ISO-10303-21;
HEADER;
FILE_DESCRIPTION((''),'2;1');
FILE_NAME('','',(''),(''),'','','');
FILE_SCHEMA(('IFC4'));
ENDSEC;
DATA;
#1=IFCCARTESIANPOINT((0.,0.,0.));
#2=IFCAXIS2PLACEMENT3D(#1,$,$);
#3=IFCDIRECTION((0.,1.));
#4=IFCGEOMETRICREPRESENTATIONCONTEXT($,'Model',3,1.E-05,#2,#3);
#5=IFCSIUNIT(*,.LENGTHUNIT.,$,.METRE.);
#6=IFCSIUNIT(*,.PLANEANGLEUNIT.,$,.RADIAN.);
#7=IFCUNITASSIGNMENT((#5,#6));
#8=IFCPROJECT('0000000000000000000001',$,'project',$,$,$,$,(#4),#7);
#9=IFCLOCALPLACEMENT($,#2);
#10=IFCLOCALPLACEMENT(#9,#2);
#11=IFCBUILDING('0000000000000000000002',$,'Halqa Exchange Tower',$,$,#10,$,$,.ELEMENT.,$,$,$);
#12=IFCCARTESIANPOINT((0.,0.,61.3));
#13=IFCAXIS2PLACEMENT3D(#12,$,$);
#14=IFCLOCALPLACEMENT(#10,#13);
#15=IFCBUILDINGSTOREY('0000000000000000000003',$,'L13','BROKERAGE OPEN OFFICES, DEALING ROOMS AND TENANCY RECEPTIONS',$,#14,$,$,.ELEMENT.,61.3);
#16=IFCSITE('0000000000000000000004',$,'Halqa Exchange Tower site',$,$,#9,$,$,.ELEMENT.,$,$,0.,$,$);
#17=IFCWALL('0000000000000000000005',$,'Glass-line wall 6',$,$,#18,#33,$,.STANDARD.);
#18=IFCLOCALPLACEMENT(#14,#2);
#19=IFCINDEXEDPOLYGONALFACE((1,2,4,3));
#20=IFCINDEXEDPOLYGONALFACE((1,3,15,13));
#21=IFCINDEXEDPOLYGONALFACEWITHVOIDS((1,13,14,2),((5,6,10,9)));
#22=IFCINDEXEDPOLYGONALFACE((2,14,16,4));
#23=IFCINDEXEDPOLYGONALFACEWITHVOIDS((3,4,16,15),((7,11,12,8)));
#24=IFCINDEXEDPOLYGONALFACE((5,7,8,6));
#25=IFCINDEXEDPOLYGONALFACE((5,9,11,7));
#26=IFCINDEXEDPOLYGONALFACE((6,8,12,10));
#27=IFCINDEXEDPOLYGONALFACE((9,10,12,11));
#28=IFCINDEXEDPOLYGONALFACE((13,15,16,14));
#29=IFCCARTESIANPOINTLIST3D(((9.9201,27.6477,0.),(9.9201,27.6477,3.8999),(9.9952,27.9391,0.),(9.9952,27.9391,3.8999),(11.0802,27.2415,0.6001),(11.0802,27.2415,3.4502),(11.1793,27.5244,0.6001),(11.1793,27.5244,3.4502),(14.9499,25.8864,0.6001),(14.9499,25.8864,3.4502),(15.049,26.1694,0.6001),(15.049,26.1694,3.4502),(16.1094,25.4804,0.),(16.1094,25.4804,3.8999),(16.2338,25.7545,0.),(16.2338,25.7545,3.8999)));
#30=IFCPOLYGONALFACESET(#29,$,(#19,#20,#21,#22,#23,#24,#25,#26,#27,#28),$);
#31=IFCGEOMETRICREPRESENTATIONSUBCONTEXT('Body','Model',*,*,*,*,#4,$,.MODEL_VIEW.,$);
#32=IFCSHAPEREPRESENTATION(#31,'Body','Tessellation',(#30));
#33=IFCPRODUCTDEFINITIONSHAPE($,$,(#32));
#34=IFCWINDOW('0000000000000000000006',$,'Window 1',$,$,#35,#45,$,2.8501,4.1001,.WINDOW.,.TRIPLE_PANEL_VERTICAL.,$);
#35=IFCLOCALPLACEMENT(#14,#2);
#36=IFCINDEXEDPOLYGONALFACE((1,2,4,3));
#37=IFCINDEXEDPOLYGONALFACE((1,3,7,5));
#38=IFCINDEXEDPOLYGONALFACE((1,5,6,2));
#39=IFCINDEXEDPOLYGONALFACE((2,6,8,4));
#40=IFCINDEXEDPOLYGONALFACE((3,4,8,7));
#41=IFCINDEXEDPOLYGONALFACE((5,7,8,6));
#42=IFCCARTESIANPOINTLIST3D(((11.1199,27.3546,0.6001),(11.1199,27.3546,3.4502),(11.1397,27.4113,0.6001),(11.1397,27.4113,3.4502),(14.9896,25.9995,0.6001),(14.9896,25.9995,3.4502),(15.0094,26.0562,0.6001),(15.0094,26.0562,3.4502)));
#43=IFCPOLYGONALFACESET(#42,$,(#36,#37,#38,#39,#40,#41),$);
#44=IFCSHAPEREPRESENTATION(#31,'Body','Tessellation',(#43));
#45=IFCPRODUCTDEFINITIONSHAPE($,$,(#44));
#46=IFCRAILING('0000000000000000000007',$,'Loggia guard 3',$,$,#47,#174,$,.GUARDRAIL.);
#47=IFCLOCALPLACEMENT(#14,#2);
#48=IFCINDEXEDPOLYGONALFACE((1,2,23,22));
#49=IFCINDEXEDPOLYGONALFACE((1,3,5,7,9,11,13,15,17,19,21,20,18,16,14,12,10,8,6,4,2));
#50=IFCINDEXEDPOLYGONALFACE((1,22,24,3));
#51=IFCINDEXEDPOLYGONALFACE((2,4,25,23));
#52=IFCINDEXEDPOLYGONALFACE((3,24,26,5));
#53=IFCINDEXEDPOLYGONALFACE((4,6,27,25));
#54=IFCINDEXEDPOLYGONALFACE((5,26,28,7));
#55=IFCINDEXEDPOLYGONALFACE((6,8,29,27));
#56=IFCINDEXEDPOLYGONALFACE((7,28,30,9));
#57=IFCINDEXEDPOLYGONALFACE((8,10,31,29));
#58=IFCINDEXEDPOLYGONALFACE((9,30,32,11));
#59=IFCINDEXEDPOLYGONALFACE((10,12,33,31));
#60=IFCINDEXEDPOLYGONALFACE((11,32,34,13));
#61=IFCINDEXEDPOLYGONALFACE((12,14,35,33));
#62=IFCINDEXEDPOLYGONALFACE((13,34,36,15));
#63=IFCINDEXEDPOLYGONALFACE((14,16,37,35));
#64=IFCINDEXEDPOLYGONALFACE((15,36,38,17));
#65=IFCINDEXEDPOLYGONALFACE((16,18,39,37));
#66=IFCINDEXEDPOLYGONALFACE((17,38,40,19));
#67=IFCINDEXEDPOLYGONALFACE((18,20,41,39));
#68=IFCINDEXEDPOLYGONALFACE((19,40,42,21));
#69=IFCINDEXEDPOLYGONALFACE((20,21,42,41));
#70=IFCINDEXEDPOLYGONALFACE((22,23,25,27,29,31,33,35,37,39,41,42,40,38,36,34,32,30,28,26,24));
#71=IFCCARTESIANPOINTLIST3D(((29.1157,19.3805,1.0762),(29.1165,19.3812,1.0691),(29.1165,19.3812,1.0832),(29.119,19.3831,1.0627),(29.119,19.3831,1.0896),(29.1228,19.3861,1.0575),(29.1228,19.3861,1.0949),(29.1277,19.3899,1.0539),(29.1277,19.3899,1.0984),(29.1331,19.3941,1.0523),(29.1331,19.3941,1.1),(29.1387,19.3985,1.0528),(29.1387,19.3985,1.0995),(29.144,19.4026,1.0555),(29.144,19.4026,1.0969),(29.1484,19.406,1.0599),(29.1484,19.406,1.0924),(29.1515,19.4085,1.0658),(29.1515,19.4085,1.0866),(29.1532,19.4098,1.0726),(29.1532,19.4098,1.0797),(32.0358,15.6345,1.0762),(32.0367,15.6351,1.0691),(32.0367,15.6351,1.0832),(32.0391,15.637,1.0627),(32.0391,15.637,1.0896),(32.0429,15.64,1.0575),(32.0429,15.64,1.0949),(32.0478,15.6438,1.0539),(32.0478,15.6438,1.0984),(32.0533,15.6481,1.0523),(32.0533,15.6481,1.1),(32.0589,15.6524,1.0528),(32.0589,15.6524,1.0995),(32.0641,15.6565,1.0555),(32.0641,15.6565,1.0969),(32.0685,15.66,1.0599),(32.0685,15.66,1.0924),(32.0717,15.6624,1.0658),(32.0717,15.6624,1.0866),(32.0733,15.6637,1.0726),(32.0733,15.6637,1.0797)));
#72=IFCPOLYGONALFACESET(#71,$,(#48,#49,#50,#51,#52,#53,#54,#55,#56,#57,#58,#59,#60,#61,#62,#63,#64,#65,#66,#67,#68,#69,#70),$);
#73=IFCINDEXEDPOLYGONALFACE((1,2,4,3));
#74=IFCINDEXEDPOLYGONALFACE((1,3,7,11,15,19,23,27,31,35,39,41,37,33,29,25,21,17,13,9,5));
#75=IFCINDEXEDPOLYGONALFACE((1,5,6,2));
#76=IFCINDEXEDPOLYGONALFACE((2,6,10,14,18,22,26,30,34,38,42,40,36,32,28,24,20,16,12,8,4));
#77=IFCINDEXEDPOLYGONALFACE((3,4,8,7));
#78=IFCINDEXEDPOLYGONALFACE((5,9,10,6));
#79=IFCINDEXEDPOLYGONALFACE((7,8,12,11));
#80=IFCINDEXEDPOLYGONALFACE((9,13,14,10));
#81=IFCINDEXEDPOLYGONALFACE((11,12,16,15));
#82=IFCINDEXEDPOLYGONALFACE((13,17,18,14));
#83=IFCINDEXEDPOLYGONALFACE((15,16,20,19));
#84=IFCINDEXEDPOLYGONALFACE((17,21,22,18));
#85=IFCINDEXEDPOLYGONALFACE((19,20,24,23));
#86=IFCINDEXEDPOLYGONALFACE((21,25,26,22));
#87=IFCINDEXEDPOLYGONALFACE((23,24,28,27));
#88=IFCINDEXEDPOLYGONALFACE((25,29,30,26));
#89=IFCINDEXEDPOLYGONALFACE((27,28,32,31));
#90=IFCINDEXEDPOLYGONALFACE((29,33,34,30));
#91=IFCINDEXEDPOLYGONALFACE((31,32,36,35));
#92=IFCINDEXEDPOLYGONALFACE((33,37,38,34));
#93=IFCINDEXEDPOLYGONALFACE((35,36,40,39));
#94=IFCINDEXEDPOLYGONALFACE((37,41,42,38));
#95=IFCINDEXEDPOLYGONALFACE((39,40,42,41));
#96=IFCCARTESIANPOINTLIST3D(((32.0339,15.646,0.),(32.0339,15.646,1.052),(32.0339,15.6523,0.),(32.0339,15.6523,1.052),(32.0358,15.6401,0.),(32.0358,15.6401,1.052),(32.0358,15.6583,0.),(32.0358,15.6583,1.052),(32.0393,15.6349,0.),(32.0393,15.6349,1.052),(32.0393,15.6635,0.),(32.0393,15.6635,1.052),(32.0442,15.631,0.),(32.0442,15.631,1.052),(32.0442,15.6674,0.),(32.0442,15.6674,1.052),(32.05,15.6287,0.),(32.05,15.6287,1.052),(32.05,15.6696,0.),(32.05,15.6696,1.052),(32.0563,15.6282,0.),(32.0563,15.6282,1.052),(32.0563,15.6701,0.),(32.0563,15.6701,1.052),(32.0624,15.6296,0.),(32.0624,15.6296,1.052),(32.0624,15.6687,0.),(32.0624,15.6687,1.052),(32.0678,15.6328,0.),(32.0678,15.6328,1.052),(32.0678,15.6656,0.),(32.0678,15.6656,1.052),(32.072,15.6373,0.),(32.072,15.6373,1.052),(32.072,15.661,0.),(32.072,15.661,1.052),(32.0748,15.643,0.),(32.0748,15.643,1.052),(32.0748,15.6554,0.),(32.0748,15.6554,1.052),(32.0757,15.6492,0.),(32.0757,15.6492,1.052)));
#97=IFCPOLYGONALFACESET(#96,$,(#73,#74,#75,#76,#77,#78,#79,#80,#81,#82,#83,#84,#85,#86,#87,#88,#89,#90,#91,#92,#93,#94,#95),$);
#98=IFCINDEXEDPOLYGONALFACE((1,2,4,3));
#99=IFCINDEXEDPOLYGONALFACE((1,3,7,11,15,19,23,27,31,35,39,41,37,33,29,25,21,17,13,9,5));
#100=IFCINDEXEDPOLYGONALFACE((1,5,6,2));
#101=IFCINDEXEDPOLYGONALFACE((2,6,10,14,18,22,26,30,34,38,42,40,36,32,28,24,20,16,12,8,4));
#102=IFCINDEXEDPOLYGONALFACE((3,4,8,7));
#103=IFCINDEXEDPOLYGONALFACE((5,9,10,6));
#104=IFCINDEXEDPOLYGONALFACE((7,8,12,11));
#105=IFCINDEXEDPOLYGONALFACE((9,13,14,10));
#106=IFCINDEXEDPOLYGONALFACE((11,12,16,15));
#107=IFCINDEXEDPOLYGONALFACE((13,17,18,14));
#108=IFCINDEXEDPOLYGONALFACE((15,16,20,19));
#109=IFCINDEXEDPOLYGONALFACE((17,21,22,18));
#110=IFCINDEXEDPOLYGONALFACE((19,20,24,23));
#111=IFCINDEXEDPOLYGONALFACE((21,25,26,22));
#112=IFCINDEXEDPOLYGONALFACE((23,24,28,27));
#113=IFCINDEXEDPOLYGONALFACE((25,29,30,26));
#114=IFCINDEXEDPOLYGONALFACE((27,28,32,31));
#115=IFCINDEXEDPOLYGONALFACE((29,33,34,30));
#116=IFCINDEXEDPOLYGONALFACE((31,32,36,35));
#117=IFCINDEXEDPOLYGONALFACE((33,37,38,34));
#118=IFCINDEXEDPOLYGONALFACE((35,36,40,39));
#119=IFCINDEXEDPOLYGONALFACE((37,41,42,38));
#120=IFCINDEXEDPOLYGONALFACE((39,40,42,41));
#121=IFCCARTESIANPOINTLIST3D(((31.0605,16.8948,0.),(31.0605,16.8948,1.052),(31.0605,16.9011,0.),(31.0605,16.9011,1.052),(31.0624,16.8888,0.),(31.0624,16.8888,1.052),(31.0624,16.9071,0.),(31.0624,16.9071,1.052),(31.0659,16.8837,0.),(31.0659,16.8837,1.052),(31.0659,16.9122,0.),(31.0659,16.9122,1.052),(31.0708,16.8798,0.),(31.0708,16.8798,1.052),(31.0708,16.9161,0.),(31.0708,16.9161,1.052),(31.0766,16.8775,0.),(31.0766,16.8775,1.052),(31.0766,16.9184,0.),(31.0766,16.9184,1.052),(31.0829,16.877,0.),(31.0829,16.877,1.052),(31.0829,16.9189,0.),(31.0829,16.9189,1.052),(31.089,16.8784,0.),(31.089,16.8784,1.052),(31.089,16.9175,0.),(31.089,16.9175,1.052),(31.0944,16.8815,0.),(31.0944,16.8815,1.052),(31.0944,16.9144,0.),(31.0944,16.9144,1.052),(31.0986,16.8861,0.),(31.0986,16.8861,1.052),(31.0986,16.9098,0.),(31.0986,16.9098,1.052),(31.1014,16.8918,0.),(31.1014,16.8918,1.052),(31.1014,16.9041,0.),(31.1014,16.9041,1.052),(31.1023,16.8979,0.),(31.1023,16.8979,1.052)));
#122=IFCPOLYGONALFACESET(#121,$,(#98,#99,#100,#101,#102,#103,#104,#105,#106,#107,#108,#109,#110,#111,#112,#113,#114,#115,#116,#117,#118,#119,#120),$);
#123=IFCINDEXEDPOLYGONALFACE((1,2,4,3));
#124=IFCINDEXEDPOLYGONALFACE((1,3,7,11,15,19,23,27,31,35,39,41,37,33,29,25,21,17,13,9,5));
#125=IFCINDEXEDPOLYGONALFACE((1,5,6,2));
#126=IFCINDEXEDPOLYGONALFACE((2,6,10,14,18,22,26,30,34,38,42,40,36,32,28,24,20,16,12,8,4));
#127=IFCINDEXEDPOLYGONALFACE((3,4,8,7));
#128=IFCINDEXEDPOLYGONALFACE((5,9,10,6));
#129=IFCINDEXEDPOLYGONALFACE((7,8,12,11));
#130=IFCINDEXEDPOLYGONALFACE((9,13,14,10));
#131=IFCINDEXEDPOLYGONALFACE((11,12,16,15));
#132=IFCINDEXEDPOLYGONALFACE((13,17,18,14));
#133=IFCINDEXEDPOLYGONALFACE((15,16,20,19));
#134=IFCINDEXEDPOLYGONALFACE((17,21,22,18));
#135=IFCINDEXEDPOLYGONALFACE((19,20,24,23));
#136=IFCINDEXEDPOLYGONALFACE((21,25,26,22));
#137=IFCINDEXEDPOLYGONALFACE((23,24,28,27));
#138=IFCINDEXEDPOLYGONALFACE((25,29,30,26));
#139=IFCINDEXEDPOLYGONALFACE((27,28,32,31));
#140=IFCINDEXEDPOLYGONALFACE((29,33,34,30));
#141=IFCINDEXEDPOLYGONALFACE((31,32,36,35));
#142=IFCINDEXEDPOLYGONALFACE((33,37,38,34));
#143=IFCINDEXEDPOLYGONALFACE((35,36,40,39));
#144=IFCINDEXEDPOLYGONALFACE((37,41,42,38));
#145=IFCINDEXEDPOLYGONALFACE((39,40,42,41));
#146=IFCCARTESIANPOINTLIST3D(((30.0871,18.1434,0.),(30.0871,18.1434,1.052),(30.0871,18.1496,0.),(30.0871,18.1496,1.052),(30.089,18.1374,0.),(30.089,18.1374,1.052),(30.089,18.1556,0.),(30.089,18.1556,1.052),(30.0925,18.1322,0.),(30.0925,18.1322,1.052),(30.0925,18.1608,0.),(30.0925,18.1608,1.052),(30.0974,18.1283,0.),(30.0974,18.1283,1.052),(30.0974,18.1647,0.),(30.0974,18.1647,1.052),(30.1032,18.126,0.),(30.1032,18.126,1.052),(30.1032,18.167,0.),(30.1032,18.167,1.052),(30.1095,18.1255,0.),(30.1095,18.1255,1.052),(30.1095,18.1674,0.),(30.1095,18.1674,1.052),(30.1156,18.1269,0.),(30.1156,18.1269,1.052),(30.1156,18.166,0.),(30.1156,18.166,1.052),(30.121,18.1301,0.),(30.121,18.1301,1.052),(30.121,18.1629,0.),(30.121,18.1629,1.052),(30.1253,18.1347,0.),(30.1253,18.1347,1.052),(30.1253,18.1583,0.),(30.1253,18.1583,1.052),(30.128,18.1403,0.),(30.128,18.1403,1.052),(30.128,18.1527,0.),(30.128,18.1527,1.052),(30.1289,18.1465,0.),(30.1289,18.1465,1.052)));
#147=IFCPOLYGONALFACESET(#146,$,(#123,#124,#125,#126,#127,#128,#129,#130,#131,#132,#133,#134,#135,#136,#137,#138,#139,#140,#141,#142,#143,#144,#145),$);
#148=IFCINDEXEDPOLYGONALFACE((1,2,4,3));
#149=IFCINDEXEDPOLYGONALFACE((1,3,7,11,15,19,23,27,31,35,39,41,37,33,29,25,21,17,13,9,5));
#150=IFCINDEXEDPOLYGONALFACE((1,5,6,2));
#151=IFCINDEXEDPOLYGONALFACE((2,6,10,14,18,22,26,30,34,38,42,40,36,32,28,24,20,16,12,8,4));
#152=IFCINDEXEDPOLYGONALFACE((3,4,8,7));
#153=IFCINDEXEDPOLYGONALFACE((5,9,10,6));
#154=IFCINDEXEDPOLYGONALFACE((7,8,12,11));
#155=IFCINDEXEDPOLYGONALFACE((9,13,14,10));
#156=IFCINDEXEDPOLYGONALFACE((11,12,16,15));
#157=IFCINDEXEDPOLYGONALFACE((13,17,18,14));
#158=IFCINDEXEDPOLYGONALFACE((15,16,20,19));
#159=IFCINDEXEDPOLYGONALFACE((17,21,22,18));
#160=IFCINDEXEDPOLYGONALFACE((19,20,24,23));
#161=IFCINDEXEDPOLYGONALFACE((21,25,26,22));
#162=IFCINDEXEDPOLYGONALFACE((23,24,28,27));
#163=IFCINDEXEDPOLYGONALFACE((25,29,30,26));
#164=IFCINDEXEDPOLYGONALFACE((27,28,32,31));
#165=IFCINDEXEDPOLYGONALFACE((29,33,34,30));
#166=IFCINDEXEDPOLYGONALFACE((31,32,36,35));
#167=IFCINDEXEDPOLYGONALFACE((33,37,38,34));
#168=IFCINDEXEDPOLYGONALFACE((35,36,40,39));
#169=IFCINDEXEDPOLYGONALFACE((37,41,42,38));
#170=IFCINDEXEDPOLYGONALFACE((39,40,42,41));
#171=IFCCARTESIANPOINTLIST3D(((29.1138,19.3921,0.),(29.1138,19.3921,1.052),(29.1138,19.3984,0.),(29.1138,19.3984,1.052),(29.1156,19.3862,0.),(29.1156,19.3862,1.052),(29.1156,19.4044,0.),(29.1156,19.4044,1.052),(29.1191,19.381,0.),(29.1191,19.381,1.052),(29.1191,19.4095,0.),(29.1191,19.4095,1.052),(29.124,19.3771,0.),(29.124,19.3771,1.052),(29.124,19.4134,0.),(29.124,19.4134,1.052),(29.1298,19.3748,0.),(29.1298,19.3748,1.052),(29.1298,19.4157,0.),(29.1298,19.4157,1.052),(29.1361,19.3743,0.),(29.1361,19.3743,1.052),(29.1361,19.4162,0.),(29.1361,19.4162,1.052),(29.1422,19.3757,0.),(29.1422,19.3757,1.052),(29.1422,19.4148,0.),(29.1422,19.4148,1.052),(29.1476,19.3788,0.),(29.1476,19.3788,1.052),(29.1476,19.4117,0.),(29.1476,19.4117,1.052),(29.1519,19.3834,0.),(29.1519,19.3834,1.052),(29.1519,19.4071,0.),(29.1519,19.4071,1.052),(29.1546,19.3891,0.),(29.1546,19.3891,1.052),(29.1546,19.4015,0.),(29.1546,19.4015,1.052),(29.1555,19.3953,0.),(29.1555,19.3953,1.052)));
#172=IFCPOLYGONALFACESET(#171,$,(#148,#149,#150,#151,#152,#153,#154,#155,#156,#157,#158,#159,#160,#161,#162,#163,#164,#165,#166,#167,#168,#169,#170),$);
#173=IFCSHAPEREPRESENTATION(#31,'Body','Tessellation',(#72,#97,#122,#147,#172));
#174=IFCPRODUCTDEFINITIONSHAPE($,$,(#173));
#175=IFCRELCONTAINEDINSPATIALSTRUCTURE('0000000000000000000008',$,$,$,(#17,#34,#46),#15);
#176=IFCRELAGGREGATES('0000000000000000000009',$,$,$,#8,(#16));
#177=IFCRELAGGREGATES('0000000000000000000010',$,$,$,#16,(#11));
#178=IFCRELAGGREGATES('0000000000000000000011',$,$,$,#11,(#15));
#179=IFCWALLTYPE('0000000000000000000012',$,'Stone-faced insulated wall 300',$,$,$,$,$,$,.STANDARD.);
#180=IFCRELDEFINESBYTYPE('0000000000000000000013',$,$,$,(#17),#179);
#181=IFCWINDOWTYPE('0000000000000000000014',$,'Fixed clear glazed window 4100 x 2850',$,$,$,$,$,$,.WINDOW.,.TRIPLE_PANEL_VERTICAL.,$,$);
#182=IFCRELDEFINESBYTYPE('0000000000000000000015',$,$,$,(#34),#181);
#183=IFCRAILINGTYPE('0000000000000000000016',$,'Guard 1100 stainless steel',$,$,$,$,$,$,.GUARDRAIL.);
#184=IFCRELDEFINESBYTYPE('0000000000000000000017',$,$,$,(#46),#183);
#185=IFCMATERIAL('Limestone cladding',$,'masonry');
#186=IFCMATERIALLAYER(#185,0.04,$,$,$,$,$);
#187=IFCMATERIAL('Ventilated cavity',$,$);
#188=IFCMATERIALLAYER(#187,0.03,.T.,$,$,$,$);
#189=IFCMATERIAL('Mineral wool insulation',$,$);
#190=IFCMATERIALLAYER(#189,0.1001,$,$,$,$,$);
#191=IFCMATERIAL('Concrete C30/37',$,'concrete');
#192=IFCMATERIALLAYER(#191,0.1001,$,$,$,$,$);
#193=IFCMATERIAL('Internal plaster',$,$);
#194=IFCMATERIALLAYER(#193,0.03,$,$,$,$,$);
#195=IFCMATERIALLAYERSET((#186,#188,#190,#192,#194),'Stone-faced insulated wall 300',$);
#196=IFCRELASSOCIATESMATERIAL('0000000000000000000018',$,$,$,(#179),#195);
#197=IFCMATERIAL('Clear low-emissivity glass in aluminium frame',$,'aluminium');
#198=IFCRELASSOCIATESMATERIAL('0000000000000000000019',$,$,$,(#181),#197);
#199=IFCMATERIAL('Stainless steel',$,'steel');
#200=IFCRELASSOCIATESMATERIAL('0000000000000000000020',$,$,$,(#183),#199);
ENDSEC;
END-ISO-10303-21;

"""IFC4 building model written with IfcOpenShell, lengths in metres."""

from ifc_helpers import new_model, si_unit, direction, frame, frame_2d, origin, origin_2d, place, context, subcontext, project, spatial, polyline, rectangle, circle, outline, extrude, material, layer, layer_set, type_object, element, fill, save


model = new_model("IFC4")

# Units and contexts
model_context = context("Model", 3, precision=1e-05, world=origin(), true_north=direction((0.0, 1.0)))
body_context = subcontext(model_context, "Body", "Model", "MODEL_VIEW")
ifc_project = project(units=[si_unit("LENGTHUNIT", "METRE"), si_unit("PLANEANGLEUNIT", "RADIAN")], contexts=[model_context])

# Site, building, storey
site_placement = place(None, origin())
site = spatial("IfcSite", under=ifc_project, at=site_placement, Name="Halqa Exchange Tower site", CompositionType="ELEMENT", RefElevation=0.0)
building_placement = place(site_placement, origin())
building = spatial("IfcBuilding", under=site, at=building_placement, Name="Halqa Exchange Tower", CompositionType="ELEMENT")
storey_placement = place(building_placement, frame((0.0, 0.0, 61.3)))
storey = spatial("IfcBuildingStorey", under=building, at=storey_placement, Name="L13", Description="BROKERAGE OPEN OFFICES, DEALING ROOMS AND TENANCY RECEPTIONS", CompositionType="ELEMENT", Elevation=61.3)

# Shared definitions
ifc_material_1 = material(Name="Limestone cladding", Category="masonry")
ifc_layer_1 = layer(ifc_material_1, 0.04)
ifc_material_2 = material(Name="Ventilated cavity")
ifc_layer_2 = layer(ifc_material_2, 0.03, ventilated=True)
ifc_material_3 = material(Name="Mineral wool insulation")
ifc_layer_3 = layer(ifc_material_3, 0.1001)
ifc_material_4 = material(Name="Concrete C30/37", Category="concrete")
ifc_layer_4 = layer(ifc_material_4, 0.1001)
ifc_material_5 = material(Name="Internal plaster")
ifc_layer_5 = layer(ifc_material_5, 0.03)
ifc_layer_set_1 = layer_set([ifc_layer_1, ifc_layer_2, ifc_layer_3, ifc_layer_4, ifc_layer_5], Name="Stone-faced insulated wall 300")
wall_type_1 = type_object("IfcWallType", Name="Stone-faced insulated wall 300", PredefinedType="STANDARD", material=ifc_layer_set_1)
ifc_material_6 = material(Name="Clear low-emissivity glass in aluminium frame", Category="aluminium")

# Wall, opening, window
window_type = type_object("IfcWindowType", Name="Fixed clear glazed window 4100 x 2850", PartitioningType="TRIPLE_PANEL_VERTICAL", PredefinedType="WINDOW", material=ifc_material_6)
wall_1_placement = place(storey_placement, frame((16.1716, 25.6174, 0.0), z_axis=(0.0, 0.0, 1.0), x_axis=(-0.943807, 0.330497, 0.0)))
wall_1 = element("IfcWall", 1, at=wall_1_placement, inside=storey, type_object=wall_type_1, Name="Glass-line wall 6", PredefinedType="STANDARD", context=body_context, shape_type="SweptSolid", body=[
    extrude(outline(polyline([(-0.0134, -0.1499), (6.5967, -0.1499), (6.5713, 0.1499), (0.0134, 0.1499), (-0.0134, -0.1499)])), origin(), (0.0, 0.0, 1.0), 3.8999),
])
opening_1_placement = place(wall_1_placement, frame((1.2419, 0.0, 0.6001)))
opening_1 = element("IfcOpeningElement", 2, at=opening_1_placement, cuts=wall_1, PredefinedType="OPENING", context=body_context, shape_type="SweptSolid", body=[
    extrude(rectangle(XDim=4.1001, YDim=2.8501, at=frame_2d((2.05, 1.425))), frame((0.0, 0.1621, 0.0), z_axis=(0.0, -1.0, 0.0), x_axis=(1.0, 0.0, 0.0)), (0.0, 0.0, 1.0), 0.324),
])
window_1_placement = place(opening_1_placement, origin())
window_1 = element("IfcWindow", 3, at=window_1_placement, inside=storey, type_object=window_type, Name="Window 1", OverallHeight=2.8501, OverallWidth=4.1001, PartitioningType="TRIPLE_PANEL_VERTICAL", PredefinedType="WINDOW", context=body_context, shape_type="SweptSolid", body=[
    extrude(rectangle(XDim=4.1001, YDim=2.8501, at=frame_2d((2.05, 1.425))), frame((0.0, 0.03, 0.0), z_axis=(0.0, -1.0, 0.0), x_axis=(1.0, 0.0, 0.0)), (0.0, 0.0, 1.0), 0.0601),
])
fill(opening_1, window_1)

# Railing
ifc_material_7 = material(Name="Stainless steel", Category="steel")
railing_type = type_object("IfcRailingType", Name="Guard 1100 stainless steel", PredefinedType="GUARDRAIL", material=ifc_material_7)
railing_1_placement = place(storey_placement, frame((32.0547, 15.6492, 0.0)))
element("IfcRailing", 4, at=railing_1_placement, inside=storey, type_object=railing_type, Name="Loggia guard 3", PredefinedType="GUARDRAIL", context=body_context, shape_type="SweptSolid", body=[
    extrude(circle(Radius=0.0239, at=origin_2d()), frame((0.0, 0.0, 1.0762), z_axis=(-0.614798, 0.788685, 0.0), x_axis=(-0.788685, -0.614798, 0.0)), (0.0, 0.0, 1.0), 4.7498),
    extrude(circle(Radius=0.021, at=origin_2d()), origin(), (0.0, 0.0, 1.0), 1.052),
    extrude(circle(Radius=0.021, at=origin_2d()), frame((-0.9734, 1.2488, 0.0)), (0.0, 0.0, 1.0), 1.052),
    extrude(circle(Radius=0.021, at=origin_2d()), frame((-1.9468, 2.4973, 0.0)), (0.0, 0.0, 1.0), 1.052),
    extrude(circle(Radius=0.021, at=origin_2d()), frame((-2.9202, 3.7461, 0.0)), (0.0, 0.0, 1.0), 1.052),
])

save(model, "model.ifc")
